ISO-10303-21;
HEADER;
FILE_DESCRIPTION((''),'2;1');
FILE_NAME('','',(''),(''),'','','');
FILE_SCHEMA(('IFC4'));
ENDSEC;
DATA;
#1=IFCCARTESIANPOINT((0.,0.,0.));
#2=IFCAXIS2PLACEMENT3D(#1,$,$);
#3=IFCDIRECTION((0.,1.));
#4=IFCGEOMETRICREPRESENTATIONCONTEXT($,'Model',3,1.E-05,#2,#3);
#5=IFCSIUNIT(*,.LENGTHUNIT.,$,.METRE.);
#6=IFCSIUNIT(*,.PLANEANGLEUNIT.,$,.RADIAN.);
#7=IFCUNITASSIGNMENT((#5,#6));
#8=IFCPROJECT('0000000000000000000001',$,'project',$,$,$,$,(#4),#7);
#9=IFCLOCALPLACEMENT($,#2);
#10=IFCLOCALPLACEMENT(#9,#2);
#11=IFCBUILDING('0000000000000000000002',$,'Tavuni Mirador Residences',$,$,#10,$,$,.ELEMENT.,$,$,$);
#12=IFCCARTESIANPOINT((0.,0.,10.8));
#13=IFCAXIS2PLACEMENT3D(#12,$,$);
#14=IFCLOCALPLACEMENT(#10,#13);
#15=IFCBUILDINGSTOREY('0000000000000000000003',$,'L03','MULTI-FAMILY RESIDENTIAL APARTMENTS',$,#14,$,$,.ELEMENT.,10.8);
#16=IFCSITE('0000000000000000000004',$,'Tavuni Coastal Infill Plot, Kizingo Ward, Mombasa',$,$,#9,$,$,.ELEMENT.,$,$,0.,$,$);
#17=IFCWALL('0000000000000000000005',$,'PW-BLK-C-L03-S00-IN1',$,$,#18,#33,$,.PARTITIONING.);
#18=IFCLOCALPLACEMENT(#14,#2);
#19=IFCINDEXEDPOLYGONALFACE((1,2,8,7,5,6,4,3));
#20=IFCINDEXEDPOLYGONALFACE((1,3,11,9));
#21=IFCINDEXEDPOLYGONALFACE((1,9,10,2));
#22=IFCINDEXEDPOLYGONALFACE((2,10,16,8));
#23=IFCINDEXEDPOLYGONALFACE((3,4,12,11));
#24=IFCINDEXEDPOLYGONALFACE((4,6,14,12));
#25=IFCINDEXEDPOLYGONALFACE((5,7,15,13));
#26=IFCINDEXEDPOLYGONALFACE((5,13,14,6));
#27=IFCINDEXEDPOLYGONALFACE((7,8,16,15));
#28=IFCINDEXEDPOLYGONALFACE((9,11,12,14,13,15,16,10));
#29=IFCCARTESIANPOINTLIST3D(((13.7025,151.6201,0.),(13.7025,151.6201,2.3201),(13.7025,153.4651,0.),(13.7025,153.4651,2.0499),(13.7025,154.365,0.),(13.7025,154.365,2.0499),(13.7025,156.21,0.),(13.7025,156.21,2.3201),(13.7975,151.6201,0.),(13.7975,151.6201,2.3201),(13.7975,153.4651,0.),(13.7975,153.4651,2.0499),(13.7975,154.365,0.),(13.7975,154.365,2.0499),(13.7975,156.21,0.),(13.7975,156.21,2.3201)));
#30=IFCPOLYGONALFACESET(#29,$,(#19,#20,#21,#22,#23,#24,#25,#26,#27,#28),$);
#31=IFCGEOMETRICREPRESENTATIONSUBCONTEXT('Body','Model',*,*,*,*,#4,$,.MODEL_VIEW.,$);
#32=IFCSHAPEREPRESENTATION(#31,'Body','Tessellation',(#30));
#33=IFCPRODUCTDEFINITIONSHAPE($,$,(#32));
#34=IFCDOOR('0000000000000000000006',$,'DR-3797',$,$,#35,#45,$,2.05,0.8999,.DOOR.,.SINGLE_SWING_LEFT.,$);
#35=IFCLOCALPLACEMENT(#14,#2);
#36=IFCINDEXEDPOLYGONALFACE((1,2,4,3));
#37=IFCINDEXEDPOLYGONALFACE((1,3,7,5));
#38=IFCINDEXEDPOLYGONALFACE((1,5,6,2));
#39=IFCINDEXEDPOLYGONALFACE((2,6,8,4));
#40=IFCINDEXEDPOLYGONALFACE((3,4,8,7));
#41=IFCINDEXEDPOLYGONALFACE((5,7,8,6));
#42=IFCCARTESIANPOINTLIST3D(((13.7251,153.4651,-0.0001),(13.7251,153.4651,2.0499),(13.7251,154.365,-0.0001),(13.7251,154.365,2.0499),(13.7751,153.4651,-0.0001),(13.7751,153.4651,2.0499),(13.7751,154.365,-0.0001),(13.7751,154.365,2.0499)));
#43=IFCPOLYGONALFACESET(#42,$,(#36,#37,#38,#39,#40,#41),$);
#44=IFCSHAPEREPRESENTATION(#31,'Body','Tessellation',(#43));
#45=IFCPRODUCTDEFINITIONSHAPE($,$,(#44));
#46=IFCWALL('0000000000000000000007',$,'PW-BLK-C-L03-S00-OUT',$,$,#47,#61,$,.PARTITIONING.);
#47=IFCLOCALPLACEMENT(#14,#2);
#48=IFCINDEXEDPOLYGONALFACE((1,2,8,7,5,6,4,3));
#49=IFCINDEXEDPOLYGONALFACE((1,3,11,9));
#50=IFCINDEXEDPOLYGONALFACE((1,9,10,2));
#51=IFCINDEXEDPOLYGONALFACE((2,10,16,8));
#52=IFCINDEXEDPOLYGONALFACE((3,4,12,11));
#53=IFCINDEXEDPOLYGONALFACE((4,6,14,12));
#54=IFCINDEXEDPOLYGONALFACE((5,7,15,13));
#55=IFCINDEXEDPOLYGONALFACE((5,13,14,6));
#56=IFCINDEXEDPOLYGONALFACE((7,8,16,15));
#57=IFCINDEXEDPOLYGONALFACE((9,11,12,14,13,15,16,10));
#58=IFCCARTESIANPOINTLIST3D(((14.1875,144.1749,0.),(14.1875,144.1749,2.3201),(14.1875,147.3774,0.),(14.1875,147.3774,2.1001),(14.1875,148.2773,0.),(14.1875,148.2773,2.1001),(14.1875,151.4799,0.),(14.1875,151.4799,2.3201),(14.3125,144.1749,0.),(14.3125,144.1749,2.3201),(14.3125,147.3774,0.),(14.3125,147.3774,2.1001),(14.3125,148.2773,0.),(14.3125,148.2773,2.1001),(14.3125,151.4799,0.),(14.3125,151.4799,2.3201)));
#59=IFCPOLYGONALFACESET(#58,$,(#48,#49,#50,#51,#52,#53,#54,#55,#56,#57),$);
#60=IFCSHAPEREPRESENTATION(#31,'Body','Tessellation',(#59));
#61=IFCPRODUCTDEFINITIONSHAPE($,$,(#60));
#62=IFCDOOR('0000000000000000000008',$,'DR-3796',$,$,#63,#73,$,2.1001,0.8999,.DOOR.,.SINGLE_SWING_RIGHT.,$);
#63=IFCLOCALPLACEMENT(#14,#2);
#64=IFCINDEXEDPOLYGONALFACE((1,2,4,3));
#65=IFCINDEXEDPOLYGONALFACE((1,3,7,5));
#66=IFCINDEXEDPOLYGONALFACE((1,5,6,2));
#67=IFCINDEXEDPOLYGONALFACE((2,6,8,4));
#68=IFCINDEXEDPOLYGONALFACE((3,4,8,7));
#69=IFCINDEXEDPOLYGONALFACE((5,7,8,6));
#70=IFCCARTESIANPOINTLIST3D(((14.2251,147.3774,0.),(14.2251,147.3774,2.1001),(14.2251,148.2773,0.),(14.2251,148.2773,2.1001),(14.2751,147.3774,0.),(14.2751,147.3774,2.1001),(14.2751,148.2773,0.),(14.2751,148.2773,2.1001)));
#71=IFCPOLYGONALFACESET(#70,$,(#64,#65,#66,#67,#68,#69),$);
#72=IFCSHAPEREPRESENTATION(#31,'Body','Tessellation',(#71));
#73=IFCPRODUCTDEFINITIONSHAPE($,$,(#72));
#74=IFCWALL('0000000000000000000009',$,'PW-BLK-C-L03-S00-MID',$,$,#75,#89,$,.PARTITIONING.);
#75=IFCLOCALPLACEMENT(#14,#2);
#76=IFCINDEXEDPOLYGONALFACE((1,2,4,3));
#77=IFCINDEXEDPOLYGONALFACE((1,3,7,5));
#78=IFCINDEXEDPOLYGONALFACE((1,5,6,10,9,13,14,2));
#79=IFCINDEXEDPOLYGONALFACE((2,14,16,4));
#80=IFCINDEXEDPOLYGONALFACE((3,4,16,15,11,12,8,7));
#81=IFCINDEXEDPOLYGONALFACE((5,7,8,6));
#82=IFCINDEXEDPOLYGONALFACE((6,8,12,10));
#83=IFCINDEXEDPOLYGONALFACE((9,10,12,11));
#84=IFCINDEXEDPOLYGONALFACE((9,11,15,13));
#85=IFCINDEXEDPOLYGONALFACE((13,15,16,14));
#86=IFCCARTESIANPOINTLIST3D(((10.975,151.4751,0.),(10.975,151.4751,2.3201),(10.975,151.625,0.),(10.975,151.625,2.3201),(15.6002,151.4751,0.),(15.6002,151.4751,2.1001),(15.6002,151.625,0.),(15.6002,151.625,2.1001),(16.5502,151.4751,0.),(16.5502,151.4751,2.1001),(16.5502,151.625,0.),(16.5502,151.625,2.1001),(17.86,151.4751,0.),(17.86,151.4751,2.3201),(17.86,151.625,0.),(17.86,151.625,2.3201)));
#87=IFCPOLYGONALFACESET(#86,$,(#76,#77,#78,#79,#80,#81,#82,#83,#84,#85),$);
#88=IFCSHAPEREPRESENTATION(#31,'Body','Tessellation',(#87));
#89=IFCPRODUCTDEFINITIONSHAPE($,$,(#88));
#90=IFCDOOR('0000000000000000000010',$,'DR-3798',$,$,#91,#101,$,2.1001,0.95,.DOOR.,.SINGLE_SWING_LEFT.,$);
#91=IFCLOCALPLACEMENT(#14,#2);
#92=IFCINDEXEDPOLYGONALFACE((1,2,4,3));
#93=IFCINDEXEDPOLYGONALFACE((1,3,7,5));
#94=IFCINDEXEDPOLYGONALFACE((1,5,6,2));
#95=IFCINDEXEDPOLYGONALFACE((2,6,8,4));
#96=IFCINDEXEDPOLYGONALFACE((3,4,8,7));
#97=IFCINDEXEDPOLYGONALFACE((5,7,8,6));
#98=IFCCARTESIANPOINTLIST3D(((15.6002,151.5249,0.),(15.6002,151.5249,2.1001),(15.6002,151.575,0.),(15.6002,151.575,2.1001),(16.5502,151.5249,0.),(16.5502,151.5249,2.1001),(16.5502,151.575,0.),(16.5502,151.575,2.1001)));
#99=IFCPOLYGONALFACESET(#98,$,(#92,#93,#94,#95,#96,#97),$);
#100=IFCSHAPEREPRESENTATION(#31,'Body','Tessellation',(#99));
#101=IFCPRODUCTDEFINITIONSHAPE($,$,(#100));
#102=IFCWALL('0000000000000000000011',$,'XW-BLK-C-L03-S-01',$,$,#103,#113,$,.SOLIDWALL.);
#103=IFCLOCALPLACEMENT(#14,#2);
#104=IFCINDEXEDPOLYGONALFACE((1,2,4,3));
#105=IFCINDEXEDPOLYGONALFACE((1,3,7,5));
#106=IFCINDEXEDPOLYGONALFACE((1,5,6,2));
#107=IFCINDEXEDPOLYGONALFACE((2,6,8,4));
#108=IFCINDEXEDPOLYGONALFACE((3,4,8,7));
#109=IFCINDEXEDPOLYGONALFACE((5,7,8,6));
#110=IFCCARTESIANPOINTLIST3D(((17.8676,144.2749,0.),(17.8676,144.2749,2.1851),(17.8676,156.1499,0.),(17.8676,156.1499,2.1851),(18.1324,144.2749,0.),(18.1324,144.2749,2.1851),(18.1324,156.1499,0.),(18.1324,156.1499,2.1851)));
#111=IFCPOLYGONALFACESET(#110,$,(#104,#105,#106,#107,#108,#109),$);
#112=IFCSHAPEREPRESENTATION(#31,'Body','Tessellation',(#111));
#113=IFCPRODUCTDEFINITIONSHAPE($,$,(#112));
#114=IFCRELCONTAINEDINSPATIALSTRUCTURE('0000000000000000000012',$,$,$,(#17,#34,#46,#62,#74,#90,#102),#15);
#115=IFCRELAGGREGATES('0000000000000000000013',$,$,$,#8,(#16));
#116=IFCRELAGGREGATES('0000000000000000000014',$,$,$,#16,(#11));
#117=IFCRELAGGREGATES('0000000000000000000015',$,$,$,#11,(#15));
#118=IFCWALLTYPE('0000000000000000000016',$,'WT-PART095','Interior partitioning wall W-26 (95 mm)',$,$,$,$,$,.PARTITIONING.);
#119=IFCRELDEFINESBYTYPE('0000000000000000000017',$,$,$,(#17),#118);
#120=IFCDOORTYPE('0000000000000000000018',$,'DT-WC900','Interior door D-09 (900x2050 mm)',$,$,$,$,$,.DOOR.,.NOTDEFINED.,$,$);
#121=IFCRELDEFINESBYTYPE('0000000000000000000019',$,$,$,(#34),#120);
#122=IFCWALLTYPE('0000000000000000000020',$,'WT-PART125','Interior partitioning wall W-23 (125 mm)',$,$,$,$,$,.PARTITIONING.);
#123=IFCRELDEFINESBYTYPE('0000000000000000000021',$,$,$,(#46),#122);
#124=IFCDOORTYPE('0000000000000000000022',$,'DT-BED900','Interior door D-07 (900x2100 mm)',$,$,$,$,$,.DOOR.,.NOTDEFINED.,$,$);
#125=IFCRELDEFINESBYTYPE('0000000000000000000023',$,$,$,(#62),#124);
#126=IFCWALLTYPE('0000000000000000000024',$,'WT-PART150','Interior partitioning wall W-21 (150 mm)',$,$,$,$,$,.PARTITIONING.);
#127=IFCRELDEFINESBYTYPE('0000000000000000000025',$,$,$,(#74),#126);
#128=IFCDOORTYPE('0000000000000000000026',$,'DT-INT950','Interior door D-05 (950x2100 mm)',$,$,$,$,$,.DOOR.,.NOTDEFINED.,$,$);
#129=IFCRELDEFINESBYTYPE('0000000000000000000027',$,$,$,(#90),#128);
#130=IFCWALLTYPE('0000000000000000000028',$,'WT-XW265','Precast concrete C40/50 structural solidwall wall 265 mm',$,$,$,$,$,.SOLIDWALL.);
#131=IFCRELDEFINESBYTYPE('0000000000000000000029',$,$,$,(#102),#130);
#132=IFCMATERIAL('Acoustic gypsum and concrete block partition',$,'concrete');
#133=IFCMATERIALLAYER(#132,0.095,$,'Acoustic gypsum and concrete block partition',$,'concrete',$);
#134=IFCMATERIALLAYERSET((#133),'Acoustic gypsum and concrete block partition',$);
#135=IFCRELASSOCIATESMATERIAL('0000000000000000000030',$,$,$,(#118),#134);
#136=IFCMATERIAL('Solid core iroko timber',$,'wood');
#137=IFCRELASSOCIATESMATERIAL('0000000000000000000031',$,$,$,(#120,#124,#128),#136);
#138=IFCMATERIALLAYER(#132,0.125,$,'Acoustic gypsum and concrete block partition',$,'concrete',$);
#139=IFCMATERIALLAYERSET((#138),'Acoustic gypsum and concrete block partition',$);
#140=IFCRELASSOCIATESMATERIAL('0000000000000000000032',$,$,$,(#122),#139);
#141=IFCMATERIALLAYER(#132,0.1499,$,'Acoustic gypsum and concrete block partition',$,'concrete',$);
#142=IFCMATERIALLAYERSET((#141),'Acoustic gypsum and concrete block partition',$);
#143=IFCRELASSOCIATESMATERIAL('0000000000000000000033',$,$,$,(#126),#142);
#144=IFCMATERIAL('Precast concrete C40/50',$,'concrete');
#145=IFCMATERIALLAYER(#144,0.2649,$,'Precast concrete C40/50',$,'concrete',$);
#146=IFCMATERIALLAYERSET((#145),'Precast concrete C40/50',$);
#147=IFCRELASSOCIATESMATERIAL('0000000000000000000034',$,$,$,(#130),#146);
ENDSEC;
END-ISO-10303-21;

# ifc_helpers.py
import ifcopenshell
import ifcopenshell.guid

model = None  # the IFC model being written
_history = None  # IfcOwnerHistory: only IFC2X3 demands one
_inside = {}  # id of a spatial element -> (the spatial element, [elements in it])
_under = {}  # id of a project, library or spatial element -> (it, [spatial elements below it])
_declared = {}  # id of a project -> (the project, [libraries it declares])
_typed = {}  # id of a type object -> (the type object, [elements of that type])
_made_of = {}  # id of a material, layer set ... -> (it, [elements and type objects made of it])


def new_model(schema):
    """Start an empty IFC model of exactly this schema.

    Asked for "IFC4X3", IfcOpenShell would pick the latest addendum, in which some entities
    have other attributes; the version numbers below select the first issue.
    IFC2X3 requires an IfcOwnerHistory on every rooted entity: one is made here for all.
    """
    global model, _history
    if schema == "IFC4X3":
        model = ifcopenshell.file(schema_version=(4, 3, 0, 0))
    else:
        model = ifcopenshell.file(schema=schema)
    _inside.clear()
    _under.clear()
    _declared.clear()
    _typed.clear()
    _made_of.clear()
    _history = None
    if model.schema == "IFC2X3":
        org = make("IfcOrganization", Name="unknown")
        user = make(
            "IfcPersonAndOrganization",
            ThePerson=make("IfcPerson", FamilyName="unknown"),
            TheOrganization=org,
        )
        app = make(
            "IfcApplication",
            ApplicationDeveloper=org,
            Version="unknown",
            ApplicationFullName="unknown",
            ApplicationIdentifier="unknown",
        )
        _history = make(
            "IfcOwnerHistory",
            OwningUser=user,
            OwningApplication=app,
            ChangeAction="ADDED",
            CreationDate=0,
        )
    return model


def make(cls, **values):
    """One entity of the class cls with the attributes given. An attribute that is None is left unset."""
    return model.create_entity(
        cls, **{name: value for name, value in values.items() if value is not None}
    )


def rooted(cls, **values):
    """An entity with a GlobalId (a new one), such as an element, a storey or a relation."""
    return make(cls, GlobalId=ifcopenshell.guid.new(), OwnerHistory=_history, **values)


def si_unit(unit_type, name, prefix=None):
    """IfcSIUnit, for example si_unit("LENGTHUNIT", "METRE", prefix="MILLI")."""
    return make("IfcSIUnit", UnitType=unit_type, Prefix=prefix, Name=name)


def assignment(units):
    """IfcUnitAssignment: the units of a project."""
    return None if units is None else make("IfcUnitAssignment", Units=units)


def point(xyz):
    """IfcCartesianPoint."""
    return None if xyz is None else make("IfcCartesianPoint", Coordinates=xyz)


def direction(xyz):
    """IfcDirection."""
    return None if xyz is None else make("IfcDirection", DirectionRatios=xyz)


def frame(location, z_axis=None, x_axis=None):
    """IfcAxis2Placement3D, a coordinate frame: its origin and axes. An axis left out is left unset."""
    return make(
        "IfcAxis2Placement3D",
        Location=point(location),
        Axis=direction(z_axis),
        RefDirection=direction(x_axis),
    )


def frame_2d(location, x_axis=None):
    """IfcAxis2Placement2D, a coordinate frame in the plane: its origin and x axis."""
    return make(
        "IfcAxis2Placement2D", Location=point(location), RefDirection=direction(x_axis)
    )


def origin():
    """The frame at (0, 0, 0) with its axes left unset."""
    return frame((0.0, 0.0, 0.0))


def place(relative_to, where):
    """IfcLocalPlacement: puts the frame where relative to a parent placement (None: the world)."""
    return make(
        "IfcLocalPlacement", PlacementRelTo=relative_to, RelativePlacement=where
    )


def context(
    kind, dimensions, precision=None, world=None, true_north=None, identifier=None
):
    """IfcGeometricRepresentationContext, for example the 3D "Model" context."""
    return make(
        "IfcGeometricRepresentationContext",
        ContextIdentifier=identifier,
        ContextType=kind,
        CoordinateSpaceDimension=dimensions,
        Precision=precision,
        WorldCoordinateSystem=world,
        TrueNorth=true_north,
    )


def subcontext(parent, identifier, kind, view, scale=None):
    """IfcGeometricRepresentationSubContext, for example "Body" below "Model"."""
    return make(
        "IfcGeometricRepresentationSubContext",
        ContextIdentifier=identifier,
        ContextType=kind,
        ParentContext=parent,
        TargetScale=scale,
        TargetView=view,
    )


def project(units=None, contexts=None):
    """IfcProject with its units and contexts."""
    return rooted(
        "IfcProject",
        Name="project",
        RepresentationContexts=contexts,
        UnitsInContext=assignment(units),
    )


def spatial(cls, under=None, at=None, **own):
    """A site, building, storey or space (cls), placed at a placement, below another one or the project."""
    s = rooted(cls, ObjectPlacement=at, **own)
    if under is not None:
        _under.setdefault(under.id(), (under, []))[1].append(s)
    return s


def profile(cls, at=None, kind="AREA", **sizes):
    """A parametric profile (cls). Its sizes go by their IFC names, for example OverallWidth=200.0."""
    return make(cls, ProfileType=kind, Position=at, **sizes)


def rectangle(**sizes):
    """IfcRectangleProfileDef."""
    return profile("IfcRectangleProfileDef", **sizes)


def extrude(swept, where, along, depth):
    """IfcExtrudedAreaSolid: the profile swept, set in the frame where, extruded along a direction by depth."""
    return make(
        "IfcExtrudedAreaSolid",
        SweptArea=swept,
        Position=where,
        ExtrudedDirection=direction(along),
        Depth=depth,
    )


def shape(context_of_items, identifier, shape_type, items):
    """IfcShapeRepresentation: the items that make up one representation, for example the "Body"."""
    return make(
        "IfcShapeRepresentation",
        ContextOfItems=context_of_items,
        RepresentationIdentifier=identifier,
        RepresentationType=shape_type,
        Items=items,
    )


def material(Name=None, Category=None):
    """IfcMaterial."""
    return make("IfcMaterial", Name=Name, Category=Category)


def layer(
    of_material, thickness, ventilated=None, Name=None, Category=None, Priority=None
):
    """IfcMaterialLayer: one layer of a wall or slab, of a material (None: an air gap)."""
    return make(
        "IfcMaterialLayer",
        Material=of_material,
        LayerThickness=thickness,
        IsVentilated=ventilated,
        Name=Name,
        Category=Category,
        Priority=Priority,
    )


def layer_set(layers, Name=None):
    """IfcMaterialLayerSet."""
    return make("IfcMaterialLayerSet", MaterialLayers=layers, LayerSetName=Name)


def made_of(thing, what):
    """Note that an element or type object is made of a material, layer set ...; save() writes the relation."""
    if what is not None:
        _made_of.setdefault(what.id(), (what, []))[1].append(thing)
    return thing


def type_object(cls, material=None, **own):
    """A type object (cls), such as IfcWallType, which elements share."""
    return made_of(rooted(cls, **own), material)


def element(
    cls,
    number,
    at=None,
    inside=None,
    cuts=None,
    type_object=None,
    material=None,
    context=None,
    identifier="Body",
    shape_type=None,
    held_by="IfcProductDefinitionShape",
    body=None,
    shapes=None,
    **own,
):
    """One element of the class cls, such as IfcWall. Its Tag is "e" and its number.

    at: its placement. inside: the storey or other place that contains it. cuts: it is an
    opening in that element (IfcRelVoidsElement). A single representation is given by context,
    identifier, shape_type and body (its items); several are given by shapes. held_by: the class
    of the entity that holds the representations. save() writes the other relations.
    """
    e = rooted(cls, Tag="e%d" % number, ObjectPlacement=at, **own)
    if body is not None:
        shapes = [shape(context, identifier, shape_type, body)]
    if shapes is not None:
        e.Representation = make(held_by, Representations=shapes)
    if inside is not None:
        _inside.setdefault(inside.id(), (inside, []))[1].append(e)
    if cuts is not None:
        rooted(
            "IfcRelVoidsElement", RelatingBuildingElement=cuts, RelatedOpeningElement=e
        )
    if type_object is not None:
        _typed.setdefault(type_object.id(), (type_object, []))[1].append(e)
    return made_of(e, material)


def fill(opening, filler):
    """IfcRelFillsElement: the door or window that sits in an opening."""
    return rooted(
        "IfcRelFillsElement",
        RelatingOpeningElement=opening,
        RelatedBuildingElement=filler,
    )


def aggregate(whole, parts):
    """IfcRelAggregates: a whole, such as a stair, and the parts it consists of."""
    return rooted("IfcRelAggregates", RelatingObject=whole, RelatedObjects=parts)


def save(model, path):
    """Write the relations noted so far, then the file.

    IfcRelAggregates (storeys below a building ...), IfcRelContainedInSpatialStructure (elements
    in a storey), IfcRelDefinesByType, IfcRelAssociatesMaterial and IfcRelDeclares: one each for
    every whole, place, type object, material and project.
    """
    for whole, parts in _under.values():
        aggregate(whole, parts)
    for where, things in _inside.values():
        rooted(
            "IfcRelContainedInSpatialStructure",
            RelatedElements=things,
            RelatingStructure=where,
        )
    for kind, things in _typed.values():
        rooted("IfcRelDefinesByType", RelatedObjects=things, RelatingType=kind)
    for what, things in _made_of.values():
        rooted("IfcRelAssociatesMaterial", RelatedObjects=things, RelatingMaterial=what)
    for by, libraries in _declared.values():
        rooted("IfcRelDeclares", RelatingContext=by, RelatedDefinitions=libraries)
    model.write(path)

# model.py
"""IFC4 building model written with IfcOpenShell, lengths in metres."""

from ifc_helpers import new_model, si_unit, direction, frame, frame_2d, origin, place, context, subcontext, project, spatial, rectangle, extrude, material, layer, layer_set, type_object, element, fill, save


model = new_model("IFC4")

# Units and contexts
model_context = context("Model", 3, precision=1e-05, world=origin(), true_north=direction((0.0, 1.0)))
body_context = subcontext(model_context, "Body", "Model", "MODEL_VIEW")
ifc_project = project(units=[si_unit("LENGTHUNIT", "METRE"), si_unit("PLANEANGLEUNIT", "RADIAN")], contexts=[model_context])

# Site, building, storey
site_placement = place(None, origin())
site = spatial("IfcSite", under=ifc_project, at=site_placement, Name="Tavuni Coastal Infill Plot, Kizingo Ward, Mombasa", CompositionType="ELEMENT", RefElevation=0.0)
building_placement = place(site_placement, origin())
building = spatial("IfcBuilding", under=site, at=building_placement, Name="Tavuni Mirador Residences", CompositionType="ELEMENT")
storey_placement = place(building_placement, frame((0.0, 0.0, 10.8)))
storey = spatial("IfcBuildingStorey", under=building, at=storey_placement, Name="L03", Description="MULTI-FAMILY RESIDENTIAL APARTMENTS", CompositionType="ELEMENT", Elevation=10.8)

# Shared definitions
ifc_material_1 = material(Name="Precast concrete C40/50", Category="concrete")

# Shared definitions
ifc_material_2 = material(Name="Solid core iroko timber", Category="wood")

# Walls, openings, doors
ifc_material_3 = material(Name="Acoustic gypsum and concrete block partition", Category="concrete")
ifc_layer_1 = layer(ifc_material_3, 0.095, Name="Acoustic gypsum and concrete block partition", Category="concrete")
ifc_layer_set_1 = layer_set([ifc_layer_1], Name="Acoustic gypsum and concrete block partition")
wall_type_1 = type_object("IfcWallType", Name="WT-PART095", Description="Interior partitioning wall W-26 (95 mm)", PredefinedType="PARTITIONING", material=ifc_layer_set_1)
wall_1_placement = place(storey_placement, frame((13.75, 151.6201, 0.0), z_axis=(0.0, 0.0, 1.0), x_axis=(0.0, 1.0, 0.0)))
wall_1 = element("IfcWall", 1, at=wall_1_placement, inside=storey, type_object=wall_type_1, Name="PW-BLK-C-L03-S00-IN1", PredefinedType="PARTITIONING", context=body_context, shape_type="SweptSolid", body=[
    extrude(rectangle(XDim=4.5898, YDim=0.095, at=frame_2d((2.2949, 0.0))), origin(), (0.0, 0.0, 1.0), 2.3201),
])
opening_1_placement = place(wall_1_placement, frame((1.845, 0.0, 0.0)))
opening_1 = element("IfcOpeningElement", 2, at=opening_1_placement, cuts=wall_1, PredefinedType="OPENING", context=body_context, shape_type="SweptSolid", body=[
    extrude(rectangle(XDim=0.8999, YDim=2.05, at=frame_2d((0.45, 1.0249))), frame((0.0, 0.0576, 0.0), z_axis=(0.0, -1.0, 0.0), x_axis=(1.0, 0.0, 0.0)), (0.0, 0.0, 1.0), 0.115),
])
door_type_1 = type_object("IfcDoorType", Name="DT-WC900", Description="Interior door D-09 (900x2050 mm)", OperationType="NOTDEFINED", PredefinedType="DOOR", material=ifc_material_2)
door_1_placement = place(opening_1_placement, origin())
door_1 = element("IfcDoor", 3, at=door_1_placement, inside=storey, type_object=door_type_1, Name="DR-3797", OperationType="SINGLE_SWING_LEFT", OverallHeight=2.05, OverallWidth=0.8999, PredefinedType="DOOR", context=body_context, shape_type="SweptSolid", body=[
    extrude(rectangle(XDim=0.8999, YDim=2.05, at=frame_2d((0.45, 1.0249))), frame((0.0, 0.0249, 0.0), z_axis=(0.0, -1.0, 0.0), x_axis=(1.0, 0.0, 0.0)), (0.0, 0.0, 1.0), 0.05),
])
fill(opening_1, door_1)
ifc_layer_2 = layer(ifc_material_3, 0.125, Name="Acoustic gypsum and concrete block partition", Category="concrete")
ifc_layer_set_2 = layer_set([ifc_layer_2], Name="Acoustic gypsum and concrete block partition")
wall_type_2 = type_object("IfcWallType", Name="WT-PART125", Description="Interior partitioning wall W-23 (125 mm)", PredefinedType="PARTITIONING", material=ifc_layer_set_2)
wall_2_placement = place(storey_placement, frame((14.25, 144.175, 0.0), z_axis=(0.0, 0.0, 1.0), x_axis=(0.0, 1.0, 0.0)))
wall_2 = element("IfcWall", 4, at=wall_2_placement, inside=storey, type_object=wall_type_2, Name="PW-BLK-C-L03-S00-OUT", PredefinedType="PARTITIONING", context=body_context, shape_type="SweptSolid", body=[
    extrude(rectangle(XDim=7.3049, YDim=0.125, at=frame_2d((3.6523, 0.0))), origin(), (0.0, 0.0, 1.0), 2.3201),
])
opening_2_placement = place(wall_2_placement, frame((3.2024, 0.0, 0.0)))
opening_2 = element("IfcOpeningElement", 5, at=opening_2_placement, cuts=wall_2, PredefinedType="OPENING", context=body_context, shape_type="SweptSolid", body=[
    extrude(rectangle(XDim=0.8999, YDim=2.1001, at=frame_2d((0.45, 1.05))), frame((0.0, 0.0725, 0.0), z_axis=(0.0, -1.0, 0.0), x_axis=(1.0, 0.0, 0.0)), (0.0, 0.0, 1.0), 0.145),
])
door_type_2 = type_object("IfcDoorType", Name="DT-BED900", Description="Interior door D-07 (900x2100 mm)", OperationType="NOTDEFINED", PredefinedType="DOOR", material=ifc_material_2)
door_2_placement = place(opening_2_placement, origin())
door_2 = element("IfcDoor", 6, at=door_2_placement, inside=storey, type_object=door_type_2, Name="DR-3796", OperationType="SINGLE_SWING_RIGHT", OverallHeight=2.1001, OverallWidth=0.8999, PredefinedType="DOOR", context=body_context, shape_type="SweptSolid", body=[
    extrude(rectangle(XDim=0.8999, YDim=2.1001, at=frame_2d((0.45, 1.05))), frame((0.0, 0.0249, 0.0), z_axis=(0.0, -1.0, 0.0), x_axis=(1.0, 0.0, 0.0)), (0.0, 0.0, 1.0), 0.05),
])
fill(opening_2, door_2)
ifc_layer_3 = layer(ifc_material_3, 0.1499, Name="Acoustic gypsum and concrete block partition", Category="concrete")
ifc_layer_set_3 = layer_set([ifc_layer_3], Name="Acoustic gypsum and concrete block partition")
wall_type_3 = type_object("IfcWallType", Name="WT-PART150", Description="Interior partitioning wall W-21 (150 mm)", PredefinedType="PARTITIONING", material=ifc_layer_set_3)
wall_3_placement = place(storey_placement, frame((10.9751, 151.55, 0.0), z_axis=(0.0, 0.0, 1.0), x_axis=(1.0, 0.0, 0.0)))
wall_3 = element("IfcWall", 7, at=wall_3_placement, inside=storey, type_object=wall_type_3, Name="PW-BLK-C-L03-S00-MID", PredefinedType="PARTITIONING", context=body_context, shape_type="SweptSolid", body=[
    extrude(rectangle(XDim=6.885, YDim=0.1499, at=frame_2d((3.4424, 0.0))), origin(), (0.0, 0.0, 1.0), 2.3201),
])
opening_3_placement = place(wall_3_placement, frame((4.625, 0.0, 0.0)))
opening_3 = element("IfcOpeningElement", 8, at=opening_3_placement, cuts=wall_3, PredefinedType="OPENING", context=body_context, shape_type="SweptSolid", body=[
    extrude(rectangle(XDim=0.95, YDim=2.1001, at=frame_2d((0.4751, 1.05))), frame((0.0, 0.085, 0.0), z_axis=(0.0, -1.0, 0.0), x_axis=(1.0, 0.0, 0.0)), (0.0, 0.0, 1.0), 0.1699),
])
door_type_3 = type_object("IfcDoorType", Name="DT-INT950", Description="Interior door D-05 (950x2100 mm)", OperationType="NOTDEFINED", PredefinedType="DOOR", material=ifc_material_2)
door_3_placement = place(opening_3_placement, origin())
door_3 = element("IfcDoor", 9, at=door_3_placement, inside=storey, type_object=door_type_3, Name="DR-3798", OperationType="SINGLE_SWING_LEFT", OverallHeight=2.1001, OverallWidth=0.95, PredefinedType="DOOR", context=body_context, shape_type="SweptSolid", body=[
    extrude(rectangle(XDim=0.95, YDim=2.1001, at=frame_2d((0.4751, 1.05))), frame((0.0, 0.0249, 0.0), z_axis=(0.0, -1.0, 0.0), x_axis=(1.0, 0.0, 0.0)), (0.0, 0.0, 1.0), 0.05),
])
fill(opening_3, door_3)

# Wall
ifc_layer_4 = layer(ifc_material_1, 0.2649, Name="Precast concrete C40/50", Category="concrete")
ifc_layer_set_4 = layer_set([ifc_layer_4], Name="Precast concrete C40/50")
wall_type_4 = type_object("IfcWallType", Name="WT-XW265", Description="Precast concrete C40/50 structural solidwall wall 265 mm", PredefinedType="SOLIDWALL", material=ifc_layer_set_4)
wall_4_placement = place(storey_placement, frame((18.0, 144.2749, 0.0), z_axis=(0.0, 0.0, 1.0), x_axis=(0.0, 1.0, 0.0)))
element("IfcWall", 10, at=wall_4_placement, inside=storey, type_object=wall_type_4, Name="XW-BLK-C-L03-S-01", PredefinedType="SOLIDWALL", context=body_context, shape_type="SweptSolid", body=[
    extrude(rectangle(XDim=11.875, YDim=0.2649, at=frame_2d((5.9375, 0.0))), origin(), (0.0, 0.0, 1.0), 2.1851),
])

save(model, "model.ifc")
